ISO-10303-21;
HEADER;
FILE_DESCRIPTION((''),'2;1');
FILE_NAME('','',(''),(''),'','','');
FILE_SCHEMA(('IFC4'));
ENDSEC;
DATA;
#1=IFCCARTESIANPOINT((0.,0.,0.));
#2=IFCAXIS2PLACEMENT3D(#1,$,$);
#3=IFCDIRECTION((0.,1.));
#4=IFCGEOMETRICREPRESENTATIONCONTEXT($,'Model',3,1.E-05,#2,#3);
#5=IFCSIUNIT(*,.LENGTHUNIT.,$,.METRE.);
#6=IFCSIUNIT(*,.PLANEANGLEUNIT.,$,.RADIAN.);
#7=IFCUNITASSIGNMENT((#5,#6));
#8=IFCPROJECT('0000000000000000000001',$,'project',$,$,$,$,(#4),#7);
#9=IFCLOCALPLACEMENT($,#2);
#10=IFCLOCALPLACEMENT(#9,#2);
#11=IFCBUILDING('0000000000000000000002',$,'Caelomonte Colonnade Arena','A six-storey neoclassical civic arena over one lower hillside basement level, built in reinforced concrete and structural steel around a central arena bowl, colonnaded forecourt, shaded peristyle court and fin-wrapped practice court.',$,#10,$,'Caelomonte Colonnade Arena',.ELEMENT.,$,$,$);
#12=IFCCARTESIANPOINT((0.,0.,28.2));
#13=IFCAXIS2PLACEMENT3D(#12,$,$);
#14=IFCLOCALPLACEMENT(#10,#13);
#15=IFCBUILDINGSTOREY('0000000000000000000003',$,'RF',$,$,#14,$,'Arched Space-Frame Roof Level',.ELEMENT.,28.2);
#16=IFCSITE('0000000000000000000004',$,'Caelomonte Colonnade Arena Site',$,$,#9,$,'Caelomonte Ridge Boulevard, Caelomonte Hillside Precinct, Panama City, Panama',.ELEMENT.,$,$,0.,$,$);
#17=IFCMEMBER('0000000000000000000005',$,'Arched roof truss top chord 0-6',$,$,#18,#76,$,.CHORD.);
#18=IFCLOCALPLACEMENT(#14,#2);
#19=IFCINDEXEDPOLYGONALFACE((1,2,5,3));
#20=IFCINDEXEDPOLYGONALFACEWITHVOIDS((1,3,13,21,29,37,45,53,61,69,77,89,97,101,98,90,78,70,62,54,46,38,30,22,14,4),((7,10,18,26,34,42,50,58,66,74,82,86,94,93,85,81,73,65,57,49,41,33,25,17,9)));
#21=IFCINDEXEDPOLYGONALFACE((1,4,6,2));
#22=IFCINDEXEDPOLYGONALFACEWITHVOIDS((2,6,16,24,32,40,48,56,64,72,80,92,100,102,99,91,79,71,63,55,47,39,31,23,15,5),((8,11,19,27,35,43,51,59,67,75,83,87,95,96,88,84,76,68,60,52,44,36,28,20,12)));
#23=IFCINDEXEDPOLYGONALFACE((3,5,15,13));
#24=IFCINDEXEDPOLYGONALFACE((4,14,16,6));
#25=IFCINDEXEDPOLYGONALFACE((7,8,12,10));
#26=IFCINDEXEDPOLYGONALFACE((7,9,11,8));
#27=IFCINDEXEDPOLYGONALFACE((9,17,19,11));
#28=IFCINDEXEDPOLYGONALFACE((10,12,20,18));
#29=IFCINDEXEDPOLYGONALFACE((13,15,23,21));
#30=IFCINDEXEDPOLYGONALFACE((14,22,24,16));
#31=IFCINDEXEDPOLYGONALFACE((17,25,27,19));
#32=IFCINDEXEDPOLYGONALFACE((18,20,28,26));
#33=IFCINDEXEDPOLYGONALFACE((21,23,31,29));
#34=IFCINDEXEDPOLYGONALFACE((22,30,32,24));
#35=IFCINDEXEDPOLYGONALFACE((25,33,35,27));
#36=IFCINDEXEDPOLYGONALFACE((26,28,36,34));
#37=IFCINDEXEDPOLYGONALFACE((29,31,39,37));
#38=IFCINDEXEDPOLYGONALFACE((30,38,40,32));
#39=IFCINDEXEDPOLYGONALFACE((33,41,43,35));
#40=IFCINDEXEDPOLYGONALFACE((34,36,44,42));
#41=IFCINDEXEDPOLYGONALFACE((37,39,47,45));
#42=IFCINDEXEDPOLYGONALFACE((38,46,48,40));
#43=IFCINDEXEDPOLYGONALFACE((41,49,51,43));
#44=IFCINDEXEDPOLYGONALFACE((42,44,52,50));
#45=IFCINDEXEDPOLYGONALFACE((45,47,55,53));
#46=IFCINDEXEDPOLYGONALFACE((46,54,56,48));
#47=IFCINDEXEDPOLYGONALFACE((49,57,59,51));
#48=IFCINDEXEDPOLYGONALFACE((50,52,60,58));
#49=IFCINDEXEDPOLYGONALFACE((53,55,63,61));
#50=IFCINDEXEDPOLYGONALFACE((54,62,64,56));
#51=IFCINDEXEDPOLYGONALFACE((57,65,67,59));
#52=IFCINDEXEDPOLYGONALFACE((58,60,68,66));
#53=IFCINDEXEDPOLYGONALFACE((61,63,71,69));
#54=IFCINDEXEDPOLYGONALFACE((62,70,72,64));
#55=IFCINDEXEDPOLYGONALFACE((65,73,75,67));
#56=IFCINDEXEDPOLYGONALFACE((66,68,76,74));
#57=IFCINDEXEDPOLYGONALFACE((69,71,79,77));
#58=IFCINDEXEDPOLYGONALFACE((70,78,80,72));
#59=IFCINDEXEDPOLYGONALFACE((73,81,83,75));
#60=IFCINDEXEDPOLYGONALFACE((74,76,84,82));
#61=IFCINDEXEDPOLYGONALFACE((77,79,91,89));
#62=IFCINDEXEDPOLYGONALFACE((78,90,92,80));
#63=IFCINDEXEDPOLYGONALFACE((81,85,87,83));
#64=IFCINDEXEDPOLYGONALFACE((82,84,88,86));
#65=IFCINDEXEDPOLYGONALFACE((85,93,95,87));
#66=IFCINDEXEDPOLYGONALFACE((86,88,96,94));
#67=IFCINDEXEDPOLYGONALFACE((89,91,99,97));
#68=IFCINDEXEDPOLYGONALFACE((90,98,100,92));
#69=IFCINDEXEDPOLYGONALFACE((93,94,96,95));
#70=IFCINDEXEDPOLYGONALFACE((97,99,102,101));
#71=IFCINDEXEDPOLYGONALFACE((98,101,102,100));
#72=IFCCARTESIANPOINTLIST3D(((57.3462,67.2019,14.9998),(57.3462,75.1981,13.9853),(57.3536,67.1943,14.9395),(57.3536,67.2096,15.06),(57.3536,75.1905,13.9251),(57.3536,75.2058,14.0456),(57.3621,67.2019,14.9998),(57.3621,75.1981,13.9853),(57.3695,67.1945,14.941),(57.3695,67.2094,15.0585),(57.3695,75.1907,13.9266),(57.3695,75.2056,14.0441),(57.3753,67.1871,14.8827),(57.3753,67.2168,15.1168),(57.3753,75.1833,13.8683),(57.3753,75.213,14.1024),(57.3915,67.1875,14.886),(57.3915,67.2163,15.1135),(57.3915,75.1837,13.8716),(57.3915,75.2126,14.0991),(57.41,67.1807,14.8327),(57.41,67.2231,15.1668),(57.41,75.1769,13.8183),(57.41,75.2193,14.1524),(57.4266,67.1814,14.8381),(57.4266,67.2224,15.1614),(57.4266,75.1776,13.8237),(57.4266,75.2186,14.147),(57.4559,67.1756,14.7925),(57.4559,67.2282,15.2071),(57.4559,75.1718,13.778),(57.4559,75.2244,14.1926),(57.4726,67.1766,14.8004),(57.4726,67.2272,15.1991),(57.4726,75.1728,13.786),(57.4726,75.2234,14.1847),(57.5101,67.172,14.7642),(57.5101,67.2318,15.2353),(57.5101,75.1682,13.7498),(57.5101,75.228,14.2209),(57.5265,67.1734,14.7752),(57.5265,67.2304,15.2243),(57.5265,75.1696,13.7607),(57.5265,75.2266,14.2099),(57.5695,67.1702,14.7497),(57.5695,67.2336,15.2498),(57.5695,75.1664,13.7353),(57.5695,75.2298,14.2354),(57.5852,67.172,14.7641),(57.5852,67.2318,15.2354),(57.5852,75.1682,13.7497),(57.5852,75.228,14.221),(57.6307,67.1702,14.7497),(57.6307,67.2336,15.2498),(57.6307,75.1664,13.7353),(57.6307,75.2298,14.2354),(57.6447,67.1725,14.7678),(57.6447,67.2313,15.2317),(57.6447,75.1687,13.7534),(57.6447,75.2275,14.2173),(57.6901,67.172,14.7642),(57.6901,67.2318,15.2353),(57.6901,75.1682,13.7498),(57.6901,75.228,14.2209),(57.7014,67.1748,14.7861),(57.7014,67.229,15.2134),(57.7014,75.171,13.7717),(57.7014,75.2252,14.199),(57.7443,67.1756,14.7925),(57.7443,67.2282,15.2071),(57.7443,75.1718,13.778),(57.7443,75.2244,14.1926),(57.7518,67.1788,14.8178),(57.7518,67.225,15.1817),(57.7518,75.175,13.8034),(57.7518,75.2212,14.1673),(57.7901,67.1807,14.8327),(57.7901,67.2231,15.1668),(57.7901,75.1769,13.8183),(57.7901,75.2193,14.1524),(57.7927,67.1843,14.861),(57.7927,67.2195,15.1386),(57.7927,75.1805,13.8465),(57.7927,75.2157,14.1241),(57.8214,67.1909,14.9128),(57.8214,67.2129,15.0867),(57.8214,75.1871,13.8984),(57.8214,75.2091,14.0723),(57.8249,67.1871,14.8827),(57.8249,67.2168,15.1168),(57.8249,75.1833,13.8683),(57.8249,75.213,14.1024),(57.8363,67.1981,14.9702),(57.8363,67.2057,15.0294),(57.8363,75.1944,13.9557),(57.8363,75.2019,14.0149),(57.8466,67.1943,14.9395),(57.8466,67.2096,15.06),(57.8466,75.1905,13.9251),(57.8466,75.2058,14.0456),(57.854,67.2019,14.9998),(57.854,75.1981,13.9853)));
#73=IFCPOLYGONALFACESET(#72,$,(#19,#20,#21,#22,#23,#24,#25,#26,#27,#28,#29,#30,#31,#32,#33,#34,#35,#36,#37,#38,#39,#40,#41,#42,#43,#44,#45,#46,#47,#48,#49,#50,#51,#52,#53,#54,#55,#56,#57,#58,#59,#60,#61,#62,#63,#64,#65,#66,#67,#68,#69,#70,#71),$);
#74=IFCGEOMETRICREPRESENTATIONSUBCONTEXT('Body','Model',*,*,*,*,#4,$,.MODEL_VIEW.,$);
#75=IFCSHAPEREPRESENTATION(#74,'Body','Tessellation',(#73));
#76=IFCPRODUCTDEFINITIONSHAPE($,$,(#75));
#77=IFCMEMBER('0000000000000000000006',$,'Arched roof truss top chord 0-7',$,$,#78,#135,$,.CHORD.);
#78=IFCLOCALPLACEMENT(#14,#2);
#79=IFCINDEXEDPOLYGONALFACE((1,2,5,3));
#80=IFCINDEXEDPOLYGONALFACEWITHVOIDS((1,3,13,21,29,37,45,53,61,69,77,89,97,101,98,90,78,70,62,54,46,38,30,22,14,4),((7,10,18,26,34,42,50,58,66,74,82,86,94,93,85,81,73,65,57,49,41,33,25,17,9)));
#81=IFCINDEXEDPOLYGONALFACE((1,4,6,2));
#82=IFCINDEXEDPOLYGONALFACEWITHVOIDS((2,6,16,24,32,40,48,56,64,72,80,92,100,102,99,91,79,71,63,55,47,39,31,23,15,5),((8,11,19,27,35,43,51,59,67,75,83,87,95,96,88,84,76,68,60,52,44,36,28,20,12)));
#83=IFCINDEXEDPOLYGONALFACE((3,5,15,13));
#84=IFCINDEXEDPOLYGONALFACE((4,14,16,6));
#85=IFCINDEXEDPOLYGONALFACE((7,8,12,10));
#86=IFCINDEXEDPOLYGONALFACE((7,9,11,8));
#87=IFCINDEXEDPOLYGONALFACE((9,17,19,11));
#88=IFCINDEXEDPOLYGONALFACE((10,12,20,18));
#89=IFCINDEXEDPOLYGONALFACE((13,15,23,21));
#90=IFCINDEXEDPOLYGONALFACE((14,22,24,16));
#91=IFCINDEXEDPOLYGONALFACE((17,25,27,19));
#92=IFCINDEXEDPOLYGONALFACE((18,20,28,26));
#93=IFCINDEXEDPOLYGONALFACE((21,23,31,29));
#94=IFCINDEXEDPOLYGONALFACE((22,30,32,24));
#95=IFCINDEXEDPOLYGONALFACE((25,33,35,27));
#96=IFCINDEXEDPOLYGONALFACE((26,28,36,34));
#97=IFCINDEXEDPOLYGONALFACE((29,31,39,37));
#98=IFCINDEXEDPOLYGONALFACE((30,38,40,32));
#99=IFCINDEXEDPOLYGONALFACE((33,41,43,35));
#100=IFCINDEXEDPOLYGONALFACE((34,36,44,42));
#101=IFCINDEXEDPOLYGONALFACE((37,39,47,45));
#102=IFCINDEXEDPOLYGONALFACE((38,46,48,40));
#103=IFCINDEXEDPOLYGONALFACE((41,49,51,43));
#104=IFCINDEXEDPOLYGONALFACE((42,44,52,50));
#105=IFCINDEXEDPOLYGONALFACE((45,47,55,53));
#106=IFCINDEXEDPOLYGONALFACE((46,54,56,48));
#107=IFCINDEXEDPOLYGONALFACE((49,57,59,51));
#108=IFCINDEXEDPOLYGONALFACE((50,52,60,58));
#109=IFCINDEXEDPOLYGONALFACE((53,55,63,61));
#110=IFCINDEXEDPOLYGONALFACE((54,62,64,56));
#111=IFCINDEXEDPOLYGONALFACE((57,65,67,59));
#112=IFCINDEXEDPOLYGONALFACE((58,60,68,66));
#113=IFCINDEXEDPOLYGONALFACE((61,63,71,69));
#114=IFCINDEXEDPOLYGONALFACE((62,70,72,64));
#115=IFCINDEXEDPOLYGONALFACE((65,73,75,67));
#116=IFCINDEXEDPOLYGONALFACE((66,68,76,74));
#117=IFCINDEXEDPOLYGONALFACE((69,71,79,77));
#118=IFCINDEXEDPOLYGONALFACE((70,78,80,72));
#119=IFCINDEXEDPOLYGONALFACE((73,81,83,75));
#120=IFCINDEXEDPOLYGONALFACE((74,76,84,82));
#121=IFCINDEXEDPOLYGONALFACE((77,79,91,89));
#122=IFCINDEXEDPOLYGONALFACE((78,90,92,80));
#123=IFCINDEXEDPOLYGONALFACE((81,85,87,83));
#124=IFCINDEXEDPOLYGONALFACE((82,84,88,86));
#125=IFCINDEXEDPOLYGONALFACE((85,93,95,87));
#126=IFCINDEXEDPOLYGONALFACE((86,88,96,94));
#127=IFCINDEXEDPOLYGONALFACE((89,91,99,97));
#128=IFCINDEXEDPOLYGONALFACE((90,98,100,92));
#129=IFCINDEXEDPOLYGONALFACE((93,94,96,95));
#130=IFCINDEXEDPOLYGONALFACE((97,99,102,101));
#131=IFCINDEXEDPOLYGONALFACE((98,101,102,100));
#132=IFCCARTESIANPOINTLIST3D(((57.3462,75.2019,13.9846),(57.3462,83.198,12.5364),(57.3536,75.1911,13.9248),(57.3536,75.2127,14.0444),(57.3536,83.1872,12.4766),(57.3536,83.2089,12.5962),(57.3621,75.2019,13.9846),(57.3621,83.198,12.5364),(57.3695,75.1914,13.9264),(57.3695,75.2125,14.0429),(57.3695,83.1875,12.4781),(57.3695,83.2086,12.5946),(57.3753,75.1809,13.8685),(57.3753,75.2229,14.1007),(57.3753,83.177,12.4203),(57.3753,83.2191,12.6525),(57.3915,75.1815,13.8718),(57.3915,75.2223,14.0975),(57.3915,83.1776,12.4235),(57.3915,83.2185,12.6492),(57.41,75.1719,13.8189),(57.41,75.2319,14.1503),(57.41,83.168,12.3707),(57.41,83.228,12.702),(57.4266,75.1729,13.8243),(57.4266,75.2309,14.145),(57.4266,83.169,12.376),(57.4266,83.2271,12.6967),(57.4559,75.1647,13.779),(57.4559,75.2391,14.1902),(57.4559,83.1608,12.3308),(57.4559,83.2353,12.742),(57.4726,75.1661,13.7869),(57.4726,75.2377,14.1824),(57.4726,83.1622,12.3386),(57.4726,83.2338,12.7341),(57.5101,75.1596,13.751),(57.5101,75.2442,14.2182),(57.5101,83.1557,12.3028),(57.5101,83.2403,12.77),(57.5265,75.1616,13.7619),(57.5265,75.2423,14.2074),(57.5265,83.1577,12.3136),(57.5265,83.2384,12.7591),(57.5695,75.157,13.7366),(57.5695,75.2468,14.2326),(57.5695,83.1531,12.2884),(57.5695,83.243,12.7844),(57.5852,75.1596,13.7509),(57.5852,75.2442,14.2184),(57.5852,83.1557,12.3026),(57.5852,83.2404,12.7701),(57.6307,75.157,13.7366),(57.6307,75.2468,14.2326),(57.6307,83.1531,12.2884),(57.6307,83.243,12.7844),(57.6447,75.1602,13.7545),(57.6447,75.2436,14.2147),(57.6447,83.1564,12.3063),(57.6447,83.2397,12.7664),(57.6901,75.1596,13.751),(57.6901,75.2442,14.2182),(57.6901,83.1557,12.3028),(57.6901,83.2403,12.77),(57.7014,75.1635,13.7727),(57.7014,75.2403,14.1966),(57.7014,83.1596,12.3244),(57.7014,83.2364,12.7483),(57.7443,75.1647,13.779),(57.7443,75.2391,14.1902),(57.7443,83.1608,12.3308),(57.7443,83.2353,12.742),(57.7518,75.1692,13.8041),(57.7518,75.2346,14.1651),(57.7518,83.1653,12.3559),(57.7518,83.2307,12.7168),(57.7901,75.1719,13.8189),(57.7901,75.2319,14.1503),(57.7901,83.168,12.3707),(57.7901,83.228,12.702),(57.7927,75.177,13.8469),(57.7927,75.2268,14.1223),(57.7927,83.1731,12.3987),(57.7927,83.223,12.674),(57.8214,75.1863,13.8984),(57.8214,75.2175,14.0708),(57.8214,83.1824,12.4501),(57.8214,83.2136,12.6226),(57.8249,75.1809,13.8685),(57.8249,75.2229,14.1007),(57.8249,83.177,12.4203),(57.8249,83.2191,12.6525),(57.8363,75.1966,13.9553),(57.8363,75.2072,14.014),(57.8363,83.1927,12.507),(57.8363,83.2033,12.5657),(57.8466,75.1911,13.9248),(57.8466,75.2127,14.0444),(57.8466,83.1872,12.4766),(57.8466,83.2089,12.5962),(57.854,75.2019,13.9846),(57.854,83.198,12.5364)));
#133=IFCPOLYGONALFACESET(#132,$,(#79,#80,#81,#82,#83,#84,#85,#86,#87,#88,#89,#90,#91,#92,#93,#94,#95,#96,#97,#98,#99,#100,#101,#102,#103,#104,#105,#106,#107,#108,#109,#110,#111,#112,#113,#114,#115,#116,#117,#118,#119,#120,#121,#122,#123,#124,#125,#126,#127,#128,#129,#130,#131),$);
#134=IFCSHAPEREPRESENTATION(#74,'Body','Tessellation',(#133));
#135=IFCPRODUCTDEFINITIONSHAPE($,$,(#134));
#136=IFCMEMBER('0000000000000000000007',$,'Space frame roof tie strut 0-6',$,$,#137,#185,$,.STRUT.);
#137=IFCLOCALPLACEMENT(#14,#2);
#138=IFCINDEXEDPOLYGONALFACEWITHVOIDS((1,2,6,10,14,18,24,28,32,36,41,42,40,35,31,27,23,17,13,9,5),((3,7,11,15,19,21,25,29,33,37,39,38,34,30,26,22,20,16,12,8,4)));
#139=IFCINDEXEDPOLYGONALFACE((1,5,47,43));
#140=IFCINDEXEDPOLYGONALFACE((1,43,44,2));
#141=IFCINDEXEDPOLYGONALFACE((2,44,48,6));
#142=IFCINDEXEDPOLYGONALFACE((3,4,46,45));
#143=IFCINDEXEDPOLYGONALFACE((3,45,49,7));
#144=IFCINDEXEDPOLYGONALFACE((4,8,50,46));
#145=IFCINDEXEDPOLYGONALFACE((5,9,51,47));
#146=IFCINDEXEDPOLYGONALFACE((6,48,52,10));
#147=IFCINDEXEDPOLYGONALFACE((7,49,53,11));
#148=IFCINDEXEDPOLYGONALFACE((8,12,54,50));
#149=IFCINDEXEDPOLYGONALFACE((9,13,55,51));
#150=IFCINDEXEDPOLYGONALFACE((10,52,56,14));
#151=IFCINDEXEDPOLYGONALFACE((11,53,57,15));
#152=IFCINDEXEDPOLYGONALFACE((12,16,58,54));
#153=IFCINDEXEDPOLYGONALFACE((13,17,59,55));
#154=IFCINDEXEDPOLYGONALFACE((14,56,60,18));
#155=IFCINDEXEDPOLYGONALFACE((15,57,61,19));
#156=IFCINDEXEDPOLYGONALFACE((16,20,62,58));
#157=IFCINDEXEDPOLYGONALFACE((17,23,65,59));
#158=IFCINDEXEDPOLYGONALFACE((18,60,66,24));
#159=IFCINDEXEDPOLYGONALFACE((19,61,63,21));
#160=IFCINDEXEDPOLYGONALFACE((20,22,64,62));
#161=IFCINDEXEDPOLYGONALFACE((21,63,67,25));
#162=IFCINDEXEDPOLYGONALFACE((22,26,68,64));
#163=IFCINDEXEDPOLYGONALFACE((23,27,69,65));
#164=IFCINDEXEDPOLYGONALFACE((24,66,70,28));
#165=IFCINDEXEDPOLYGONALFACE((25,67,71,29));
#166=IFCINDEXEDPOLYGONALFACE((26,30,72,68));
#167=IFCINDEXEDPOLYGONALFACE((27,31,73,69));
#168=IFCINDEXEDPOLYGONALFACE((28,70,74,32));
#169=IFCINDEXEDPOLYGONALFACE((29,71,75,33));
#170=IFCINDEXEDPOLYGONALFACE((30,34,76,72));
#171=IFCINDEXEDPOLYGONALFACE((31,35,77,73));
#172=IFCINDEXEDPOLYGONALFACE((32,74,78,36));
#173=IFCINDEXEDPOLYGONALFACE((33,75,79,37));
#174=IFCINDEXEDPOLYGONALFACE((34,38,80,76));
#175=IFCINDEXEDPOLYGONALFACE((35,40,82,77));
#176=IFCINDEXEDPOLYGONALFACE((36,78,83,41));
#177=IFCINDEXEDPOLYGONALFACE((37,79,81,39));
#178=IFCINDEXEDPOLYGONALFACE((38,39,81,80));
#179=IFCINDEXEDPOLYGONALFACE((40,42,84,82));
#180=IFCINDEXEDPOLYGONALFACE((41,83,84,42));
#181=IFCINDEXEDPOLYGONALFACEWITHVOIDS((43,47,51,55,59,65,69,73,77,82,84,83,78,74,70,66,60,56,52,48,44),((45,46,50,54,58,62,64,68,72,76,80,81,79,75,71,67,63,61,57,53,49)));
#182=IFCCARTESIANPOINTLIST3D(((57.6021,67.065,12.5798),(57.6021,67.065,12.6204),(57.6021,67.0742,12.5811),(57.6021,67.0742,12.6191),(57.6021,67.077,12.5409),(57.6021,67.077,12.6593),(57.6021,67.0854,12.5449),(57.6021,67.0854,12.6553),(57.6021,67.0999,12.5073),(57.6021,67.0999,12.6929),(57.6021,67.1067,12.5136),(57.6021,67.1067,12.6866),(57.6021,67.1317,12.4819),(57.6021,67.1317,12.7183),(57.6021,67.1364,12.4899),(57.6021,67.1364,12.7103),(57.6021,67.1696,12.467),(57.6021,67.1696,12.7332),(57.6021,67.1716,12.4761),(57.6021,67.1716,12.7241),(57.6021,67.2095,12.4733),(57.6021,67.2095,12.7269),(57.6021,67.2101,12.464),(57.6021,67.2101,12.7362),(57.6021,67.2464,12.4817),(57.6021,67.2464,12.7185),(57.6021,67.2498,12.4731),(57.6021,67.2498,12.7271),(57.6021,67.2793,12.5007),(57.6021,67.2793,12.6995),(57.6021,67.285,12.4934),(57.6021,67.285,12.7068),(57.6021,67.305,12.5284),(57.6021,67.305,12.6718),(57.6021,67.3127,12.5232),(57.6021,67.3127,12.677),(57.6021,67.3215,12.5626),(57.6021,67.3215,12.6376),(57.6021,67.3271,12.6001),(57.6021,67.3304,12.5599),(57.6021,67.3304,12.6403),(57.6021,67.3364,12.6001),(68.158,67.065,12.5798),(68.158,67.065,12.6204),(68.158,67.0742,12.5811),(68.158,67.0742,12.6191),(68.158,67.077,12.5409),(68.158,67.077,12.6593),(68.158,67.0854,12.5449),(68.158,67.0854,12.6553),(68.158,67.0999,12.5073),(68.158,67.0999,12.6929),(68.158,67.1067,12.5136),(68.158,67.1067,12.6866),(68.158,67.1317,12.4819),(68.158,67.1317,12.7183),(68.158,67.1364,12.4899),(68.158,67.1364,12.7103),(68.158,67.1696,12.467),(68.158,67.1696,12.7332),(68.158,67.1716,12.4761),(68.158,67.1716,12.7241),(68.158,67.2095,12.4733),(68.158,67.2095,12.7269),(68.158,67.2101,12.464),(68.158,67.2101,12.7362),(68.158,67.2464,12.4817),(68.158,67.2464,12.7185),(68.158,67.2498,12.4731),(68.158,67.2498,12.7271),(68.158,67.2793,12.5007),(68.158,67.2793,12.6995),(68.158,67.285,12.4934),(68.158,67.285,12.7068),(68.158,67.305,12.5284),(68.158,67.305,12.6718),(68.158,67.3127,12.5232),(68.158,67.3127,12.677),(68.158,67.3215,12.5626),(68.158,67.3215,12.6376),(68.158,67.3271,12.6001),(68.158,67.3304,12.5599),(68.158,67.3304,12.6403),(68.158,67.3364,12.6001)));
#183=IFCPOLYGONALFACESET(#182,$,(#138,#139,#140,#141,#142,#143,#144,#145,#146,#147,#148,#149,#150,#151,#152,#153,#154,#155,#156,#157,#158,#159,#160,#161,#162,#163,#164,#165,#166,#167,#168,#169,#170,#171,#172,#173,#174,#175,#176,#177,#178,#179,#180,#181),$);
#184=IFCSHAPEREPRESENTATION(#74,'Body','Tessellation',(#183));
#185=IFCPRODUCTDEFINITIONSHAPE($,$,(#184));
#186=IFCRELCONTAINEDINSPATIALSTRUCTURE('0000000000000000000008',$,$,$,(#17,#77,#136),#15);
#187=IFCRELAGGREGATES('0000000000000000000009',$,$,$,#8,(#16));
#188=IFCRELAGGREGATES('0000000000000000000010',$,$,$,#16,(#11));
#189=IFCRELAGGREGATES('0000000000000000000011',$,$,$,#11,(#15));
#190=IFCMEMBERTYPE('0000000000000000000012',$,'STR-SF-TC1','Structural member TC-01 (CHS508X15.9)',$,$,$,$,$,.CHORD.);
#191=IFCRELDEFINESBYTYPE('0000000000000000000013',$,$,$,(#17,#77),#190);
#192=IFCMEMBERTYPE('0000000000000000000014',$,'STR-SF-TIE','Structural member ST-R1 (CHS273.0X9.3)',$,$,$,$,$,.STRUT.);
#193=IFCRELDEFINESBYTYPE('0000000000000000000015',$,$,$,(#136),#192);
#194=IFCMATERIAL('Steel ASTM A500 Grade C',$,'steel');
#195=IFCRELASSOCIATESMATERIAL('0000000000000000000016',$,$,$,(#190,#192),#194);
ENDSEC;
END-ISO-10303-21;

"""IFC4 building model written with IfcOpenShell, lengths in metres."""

from ifc_helpers import new_model, si_unit, direction, frame, origin, origin_2d, place, context, subcontext, project, spatial, hollow_circle, extrude, material, material_profile, profile_set, type_object, element, save


model = new_model("IFC4")

# Units and contexts
model_context = context("Model", 3, precision=1e-05, world=origin(), true_north=direction((0.0, 1.0)))
body_context = subcontext(model_context, "Body", "Model", "MODEL_VIEW")
ifc_project = project(units=[si_unit("LENGTHUNIT", "METRE"), si_unit("PLANEANGLEUNIT", "RADIAN")], contexts=[model_context])

# Site, building, storey
site_placement = place(None, origin())
site = spatial("IfcSite", under=ifc_project, at=site_placement, Name="Caelomonte Colonnade Arena Site", LongName="Caelomonte Ridge Boulevard, Caelomonte Hillside Precinct, Panama City, Panama", CompositionType="ELEMENT", RefElevation=0.0)
building_placement = place(site_placement, origin())
building = spatial("IfcBuilding", under=site, at=building_placement, Name="Caelomonte Colonnade Arena", Description="A six-storey neoclassical civic arena over one lower hillside basement level, built in reinforced concrete and structural steel around a central arena bowl, colonnaded forecourt, shaded peristyle court and fin-wrapped practice court.", LongName="Caelomonte Colonnade Arena", CompositionType="ELEMENT")
storey_placement = place(building_placement, frame((0.0, 0.0, 28.2)))
storey = spatial("IfcBuildingStorey", under=building, at=storey_placement, Name="RF", LongName="Arched Space-Frame Roof Level", CompositionType="ELEMENT", Elevation=28.2)

# Members
ifc_material_1 = material(Name="Steel ASTM A500 Grade C", Category="steel")
ifc_material_profile_1 = material_profile(ifc_material_1, hollow_circle(Radius=0.2539, WallThickness=0.0159, at=origin_2d()), Name="CHS508X15.9")
ifc_profile_set_1 = profile_set([ifc_material_profile_1], Name="Steel ASTM A500 Grade C")
member_type_1 = type_object("IfcMemberType", Name="STR-SF-TC1", Description="Structural member TC-01 (CHS508X15.9)", PredefinedType="CHORD", material=ifc_profile_set_1)
member_1_placement = place(storey_placement, frame((57.6001, 67.2019, 14.9998), z_axis=(0.0, 0.992049, -0.125854), x_axis=(-1.0, 0.0, 0.0)))
element("IfcMember", 1, at=member_1_placement, inside=storey, type_object=member_type_1, Name="Arched roof truss top chord 0-6", PredefinedType="CHORD", context=body_context, shape_type="SweptSolid", body=[
    extrude(hollow_circle(Radius=0.2539, WallThickness=0.0159, at=origin_2d()), origin(), (0.0, 0.0, 1.0), 8.0603),
])
member_2_placement = place(storey_placement, frame((57.6001, 75.2019, 13.9846), z_axis=(0.0, 0.983991, -0.178219), x_axis=(-1.0, 0.0, 0.0)))
element("IfcMember", 2, at=member_2_placement, inside=storey, type_object=member_type_1, Name="Arched roof truss top chord 0-7", PredefinedType="CHORD", context=body_context, shape_type="SweptSolid", body=[
    extrude(hollow_circle(Radius=0.2539, WallThickness=0.0159, at=origin_2d()), origin(), (0.0, 0.0, 1.0), 8.1262),
])
ifc_material_profile_2 = material_profile(ifc_material_1, hollow_circle(Radius=0.1365, WallThickness=0.0093, at=origin_2d()), Name="CHS273.0X9.3")
ifc_profile_set_2 = profile_set([ifc_material_profile_2], Name="Steel ASTM A500 Grade C")
member_type_2 = type_object("IfcMemberType", Name="STR-SF-TIE", Description="Structural member ST-R1 (CHS273.0X9.3)", PredefinedType="STRUT", material=ifc_profile_set_2)
for number, where, z_axis, x_axis, name in (
    (3, (57.6021, 67.2, 12.6001), (1.0, 0.0, 0.0), (0.0, 1.0, 0.0), "Space frame roof tie strut 0-6"),
):
    element("IfcMember", number, at=place(storey_placement, frame(where, z_axis=z_axis, x_axis=x_axis)), inside=storey, type_object=member_type_2, Name=name, PredefinedType="STRUT", context=body_context, shape_type="SweptSolid", body=[
        extrude(hollow_circle(Radius=0.1365, WallThickness=0.0093, at=origin_2d()), origin(), (0.0, 0.0, 1.0), 10.5559),
    ])

save(model, "model.ifc")
